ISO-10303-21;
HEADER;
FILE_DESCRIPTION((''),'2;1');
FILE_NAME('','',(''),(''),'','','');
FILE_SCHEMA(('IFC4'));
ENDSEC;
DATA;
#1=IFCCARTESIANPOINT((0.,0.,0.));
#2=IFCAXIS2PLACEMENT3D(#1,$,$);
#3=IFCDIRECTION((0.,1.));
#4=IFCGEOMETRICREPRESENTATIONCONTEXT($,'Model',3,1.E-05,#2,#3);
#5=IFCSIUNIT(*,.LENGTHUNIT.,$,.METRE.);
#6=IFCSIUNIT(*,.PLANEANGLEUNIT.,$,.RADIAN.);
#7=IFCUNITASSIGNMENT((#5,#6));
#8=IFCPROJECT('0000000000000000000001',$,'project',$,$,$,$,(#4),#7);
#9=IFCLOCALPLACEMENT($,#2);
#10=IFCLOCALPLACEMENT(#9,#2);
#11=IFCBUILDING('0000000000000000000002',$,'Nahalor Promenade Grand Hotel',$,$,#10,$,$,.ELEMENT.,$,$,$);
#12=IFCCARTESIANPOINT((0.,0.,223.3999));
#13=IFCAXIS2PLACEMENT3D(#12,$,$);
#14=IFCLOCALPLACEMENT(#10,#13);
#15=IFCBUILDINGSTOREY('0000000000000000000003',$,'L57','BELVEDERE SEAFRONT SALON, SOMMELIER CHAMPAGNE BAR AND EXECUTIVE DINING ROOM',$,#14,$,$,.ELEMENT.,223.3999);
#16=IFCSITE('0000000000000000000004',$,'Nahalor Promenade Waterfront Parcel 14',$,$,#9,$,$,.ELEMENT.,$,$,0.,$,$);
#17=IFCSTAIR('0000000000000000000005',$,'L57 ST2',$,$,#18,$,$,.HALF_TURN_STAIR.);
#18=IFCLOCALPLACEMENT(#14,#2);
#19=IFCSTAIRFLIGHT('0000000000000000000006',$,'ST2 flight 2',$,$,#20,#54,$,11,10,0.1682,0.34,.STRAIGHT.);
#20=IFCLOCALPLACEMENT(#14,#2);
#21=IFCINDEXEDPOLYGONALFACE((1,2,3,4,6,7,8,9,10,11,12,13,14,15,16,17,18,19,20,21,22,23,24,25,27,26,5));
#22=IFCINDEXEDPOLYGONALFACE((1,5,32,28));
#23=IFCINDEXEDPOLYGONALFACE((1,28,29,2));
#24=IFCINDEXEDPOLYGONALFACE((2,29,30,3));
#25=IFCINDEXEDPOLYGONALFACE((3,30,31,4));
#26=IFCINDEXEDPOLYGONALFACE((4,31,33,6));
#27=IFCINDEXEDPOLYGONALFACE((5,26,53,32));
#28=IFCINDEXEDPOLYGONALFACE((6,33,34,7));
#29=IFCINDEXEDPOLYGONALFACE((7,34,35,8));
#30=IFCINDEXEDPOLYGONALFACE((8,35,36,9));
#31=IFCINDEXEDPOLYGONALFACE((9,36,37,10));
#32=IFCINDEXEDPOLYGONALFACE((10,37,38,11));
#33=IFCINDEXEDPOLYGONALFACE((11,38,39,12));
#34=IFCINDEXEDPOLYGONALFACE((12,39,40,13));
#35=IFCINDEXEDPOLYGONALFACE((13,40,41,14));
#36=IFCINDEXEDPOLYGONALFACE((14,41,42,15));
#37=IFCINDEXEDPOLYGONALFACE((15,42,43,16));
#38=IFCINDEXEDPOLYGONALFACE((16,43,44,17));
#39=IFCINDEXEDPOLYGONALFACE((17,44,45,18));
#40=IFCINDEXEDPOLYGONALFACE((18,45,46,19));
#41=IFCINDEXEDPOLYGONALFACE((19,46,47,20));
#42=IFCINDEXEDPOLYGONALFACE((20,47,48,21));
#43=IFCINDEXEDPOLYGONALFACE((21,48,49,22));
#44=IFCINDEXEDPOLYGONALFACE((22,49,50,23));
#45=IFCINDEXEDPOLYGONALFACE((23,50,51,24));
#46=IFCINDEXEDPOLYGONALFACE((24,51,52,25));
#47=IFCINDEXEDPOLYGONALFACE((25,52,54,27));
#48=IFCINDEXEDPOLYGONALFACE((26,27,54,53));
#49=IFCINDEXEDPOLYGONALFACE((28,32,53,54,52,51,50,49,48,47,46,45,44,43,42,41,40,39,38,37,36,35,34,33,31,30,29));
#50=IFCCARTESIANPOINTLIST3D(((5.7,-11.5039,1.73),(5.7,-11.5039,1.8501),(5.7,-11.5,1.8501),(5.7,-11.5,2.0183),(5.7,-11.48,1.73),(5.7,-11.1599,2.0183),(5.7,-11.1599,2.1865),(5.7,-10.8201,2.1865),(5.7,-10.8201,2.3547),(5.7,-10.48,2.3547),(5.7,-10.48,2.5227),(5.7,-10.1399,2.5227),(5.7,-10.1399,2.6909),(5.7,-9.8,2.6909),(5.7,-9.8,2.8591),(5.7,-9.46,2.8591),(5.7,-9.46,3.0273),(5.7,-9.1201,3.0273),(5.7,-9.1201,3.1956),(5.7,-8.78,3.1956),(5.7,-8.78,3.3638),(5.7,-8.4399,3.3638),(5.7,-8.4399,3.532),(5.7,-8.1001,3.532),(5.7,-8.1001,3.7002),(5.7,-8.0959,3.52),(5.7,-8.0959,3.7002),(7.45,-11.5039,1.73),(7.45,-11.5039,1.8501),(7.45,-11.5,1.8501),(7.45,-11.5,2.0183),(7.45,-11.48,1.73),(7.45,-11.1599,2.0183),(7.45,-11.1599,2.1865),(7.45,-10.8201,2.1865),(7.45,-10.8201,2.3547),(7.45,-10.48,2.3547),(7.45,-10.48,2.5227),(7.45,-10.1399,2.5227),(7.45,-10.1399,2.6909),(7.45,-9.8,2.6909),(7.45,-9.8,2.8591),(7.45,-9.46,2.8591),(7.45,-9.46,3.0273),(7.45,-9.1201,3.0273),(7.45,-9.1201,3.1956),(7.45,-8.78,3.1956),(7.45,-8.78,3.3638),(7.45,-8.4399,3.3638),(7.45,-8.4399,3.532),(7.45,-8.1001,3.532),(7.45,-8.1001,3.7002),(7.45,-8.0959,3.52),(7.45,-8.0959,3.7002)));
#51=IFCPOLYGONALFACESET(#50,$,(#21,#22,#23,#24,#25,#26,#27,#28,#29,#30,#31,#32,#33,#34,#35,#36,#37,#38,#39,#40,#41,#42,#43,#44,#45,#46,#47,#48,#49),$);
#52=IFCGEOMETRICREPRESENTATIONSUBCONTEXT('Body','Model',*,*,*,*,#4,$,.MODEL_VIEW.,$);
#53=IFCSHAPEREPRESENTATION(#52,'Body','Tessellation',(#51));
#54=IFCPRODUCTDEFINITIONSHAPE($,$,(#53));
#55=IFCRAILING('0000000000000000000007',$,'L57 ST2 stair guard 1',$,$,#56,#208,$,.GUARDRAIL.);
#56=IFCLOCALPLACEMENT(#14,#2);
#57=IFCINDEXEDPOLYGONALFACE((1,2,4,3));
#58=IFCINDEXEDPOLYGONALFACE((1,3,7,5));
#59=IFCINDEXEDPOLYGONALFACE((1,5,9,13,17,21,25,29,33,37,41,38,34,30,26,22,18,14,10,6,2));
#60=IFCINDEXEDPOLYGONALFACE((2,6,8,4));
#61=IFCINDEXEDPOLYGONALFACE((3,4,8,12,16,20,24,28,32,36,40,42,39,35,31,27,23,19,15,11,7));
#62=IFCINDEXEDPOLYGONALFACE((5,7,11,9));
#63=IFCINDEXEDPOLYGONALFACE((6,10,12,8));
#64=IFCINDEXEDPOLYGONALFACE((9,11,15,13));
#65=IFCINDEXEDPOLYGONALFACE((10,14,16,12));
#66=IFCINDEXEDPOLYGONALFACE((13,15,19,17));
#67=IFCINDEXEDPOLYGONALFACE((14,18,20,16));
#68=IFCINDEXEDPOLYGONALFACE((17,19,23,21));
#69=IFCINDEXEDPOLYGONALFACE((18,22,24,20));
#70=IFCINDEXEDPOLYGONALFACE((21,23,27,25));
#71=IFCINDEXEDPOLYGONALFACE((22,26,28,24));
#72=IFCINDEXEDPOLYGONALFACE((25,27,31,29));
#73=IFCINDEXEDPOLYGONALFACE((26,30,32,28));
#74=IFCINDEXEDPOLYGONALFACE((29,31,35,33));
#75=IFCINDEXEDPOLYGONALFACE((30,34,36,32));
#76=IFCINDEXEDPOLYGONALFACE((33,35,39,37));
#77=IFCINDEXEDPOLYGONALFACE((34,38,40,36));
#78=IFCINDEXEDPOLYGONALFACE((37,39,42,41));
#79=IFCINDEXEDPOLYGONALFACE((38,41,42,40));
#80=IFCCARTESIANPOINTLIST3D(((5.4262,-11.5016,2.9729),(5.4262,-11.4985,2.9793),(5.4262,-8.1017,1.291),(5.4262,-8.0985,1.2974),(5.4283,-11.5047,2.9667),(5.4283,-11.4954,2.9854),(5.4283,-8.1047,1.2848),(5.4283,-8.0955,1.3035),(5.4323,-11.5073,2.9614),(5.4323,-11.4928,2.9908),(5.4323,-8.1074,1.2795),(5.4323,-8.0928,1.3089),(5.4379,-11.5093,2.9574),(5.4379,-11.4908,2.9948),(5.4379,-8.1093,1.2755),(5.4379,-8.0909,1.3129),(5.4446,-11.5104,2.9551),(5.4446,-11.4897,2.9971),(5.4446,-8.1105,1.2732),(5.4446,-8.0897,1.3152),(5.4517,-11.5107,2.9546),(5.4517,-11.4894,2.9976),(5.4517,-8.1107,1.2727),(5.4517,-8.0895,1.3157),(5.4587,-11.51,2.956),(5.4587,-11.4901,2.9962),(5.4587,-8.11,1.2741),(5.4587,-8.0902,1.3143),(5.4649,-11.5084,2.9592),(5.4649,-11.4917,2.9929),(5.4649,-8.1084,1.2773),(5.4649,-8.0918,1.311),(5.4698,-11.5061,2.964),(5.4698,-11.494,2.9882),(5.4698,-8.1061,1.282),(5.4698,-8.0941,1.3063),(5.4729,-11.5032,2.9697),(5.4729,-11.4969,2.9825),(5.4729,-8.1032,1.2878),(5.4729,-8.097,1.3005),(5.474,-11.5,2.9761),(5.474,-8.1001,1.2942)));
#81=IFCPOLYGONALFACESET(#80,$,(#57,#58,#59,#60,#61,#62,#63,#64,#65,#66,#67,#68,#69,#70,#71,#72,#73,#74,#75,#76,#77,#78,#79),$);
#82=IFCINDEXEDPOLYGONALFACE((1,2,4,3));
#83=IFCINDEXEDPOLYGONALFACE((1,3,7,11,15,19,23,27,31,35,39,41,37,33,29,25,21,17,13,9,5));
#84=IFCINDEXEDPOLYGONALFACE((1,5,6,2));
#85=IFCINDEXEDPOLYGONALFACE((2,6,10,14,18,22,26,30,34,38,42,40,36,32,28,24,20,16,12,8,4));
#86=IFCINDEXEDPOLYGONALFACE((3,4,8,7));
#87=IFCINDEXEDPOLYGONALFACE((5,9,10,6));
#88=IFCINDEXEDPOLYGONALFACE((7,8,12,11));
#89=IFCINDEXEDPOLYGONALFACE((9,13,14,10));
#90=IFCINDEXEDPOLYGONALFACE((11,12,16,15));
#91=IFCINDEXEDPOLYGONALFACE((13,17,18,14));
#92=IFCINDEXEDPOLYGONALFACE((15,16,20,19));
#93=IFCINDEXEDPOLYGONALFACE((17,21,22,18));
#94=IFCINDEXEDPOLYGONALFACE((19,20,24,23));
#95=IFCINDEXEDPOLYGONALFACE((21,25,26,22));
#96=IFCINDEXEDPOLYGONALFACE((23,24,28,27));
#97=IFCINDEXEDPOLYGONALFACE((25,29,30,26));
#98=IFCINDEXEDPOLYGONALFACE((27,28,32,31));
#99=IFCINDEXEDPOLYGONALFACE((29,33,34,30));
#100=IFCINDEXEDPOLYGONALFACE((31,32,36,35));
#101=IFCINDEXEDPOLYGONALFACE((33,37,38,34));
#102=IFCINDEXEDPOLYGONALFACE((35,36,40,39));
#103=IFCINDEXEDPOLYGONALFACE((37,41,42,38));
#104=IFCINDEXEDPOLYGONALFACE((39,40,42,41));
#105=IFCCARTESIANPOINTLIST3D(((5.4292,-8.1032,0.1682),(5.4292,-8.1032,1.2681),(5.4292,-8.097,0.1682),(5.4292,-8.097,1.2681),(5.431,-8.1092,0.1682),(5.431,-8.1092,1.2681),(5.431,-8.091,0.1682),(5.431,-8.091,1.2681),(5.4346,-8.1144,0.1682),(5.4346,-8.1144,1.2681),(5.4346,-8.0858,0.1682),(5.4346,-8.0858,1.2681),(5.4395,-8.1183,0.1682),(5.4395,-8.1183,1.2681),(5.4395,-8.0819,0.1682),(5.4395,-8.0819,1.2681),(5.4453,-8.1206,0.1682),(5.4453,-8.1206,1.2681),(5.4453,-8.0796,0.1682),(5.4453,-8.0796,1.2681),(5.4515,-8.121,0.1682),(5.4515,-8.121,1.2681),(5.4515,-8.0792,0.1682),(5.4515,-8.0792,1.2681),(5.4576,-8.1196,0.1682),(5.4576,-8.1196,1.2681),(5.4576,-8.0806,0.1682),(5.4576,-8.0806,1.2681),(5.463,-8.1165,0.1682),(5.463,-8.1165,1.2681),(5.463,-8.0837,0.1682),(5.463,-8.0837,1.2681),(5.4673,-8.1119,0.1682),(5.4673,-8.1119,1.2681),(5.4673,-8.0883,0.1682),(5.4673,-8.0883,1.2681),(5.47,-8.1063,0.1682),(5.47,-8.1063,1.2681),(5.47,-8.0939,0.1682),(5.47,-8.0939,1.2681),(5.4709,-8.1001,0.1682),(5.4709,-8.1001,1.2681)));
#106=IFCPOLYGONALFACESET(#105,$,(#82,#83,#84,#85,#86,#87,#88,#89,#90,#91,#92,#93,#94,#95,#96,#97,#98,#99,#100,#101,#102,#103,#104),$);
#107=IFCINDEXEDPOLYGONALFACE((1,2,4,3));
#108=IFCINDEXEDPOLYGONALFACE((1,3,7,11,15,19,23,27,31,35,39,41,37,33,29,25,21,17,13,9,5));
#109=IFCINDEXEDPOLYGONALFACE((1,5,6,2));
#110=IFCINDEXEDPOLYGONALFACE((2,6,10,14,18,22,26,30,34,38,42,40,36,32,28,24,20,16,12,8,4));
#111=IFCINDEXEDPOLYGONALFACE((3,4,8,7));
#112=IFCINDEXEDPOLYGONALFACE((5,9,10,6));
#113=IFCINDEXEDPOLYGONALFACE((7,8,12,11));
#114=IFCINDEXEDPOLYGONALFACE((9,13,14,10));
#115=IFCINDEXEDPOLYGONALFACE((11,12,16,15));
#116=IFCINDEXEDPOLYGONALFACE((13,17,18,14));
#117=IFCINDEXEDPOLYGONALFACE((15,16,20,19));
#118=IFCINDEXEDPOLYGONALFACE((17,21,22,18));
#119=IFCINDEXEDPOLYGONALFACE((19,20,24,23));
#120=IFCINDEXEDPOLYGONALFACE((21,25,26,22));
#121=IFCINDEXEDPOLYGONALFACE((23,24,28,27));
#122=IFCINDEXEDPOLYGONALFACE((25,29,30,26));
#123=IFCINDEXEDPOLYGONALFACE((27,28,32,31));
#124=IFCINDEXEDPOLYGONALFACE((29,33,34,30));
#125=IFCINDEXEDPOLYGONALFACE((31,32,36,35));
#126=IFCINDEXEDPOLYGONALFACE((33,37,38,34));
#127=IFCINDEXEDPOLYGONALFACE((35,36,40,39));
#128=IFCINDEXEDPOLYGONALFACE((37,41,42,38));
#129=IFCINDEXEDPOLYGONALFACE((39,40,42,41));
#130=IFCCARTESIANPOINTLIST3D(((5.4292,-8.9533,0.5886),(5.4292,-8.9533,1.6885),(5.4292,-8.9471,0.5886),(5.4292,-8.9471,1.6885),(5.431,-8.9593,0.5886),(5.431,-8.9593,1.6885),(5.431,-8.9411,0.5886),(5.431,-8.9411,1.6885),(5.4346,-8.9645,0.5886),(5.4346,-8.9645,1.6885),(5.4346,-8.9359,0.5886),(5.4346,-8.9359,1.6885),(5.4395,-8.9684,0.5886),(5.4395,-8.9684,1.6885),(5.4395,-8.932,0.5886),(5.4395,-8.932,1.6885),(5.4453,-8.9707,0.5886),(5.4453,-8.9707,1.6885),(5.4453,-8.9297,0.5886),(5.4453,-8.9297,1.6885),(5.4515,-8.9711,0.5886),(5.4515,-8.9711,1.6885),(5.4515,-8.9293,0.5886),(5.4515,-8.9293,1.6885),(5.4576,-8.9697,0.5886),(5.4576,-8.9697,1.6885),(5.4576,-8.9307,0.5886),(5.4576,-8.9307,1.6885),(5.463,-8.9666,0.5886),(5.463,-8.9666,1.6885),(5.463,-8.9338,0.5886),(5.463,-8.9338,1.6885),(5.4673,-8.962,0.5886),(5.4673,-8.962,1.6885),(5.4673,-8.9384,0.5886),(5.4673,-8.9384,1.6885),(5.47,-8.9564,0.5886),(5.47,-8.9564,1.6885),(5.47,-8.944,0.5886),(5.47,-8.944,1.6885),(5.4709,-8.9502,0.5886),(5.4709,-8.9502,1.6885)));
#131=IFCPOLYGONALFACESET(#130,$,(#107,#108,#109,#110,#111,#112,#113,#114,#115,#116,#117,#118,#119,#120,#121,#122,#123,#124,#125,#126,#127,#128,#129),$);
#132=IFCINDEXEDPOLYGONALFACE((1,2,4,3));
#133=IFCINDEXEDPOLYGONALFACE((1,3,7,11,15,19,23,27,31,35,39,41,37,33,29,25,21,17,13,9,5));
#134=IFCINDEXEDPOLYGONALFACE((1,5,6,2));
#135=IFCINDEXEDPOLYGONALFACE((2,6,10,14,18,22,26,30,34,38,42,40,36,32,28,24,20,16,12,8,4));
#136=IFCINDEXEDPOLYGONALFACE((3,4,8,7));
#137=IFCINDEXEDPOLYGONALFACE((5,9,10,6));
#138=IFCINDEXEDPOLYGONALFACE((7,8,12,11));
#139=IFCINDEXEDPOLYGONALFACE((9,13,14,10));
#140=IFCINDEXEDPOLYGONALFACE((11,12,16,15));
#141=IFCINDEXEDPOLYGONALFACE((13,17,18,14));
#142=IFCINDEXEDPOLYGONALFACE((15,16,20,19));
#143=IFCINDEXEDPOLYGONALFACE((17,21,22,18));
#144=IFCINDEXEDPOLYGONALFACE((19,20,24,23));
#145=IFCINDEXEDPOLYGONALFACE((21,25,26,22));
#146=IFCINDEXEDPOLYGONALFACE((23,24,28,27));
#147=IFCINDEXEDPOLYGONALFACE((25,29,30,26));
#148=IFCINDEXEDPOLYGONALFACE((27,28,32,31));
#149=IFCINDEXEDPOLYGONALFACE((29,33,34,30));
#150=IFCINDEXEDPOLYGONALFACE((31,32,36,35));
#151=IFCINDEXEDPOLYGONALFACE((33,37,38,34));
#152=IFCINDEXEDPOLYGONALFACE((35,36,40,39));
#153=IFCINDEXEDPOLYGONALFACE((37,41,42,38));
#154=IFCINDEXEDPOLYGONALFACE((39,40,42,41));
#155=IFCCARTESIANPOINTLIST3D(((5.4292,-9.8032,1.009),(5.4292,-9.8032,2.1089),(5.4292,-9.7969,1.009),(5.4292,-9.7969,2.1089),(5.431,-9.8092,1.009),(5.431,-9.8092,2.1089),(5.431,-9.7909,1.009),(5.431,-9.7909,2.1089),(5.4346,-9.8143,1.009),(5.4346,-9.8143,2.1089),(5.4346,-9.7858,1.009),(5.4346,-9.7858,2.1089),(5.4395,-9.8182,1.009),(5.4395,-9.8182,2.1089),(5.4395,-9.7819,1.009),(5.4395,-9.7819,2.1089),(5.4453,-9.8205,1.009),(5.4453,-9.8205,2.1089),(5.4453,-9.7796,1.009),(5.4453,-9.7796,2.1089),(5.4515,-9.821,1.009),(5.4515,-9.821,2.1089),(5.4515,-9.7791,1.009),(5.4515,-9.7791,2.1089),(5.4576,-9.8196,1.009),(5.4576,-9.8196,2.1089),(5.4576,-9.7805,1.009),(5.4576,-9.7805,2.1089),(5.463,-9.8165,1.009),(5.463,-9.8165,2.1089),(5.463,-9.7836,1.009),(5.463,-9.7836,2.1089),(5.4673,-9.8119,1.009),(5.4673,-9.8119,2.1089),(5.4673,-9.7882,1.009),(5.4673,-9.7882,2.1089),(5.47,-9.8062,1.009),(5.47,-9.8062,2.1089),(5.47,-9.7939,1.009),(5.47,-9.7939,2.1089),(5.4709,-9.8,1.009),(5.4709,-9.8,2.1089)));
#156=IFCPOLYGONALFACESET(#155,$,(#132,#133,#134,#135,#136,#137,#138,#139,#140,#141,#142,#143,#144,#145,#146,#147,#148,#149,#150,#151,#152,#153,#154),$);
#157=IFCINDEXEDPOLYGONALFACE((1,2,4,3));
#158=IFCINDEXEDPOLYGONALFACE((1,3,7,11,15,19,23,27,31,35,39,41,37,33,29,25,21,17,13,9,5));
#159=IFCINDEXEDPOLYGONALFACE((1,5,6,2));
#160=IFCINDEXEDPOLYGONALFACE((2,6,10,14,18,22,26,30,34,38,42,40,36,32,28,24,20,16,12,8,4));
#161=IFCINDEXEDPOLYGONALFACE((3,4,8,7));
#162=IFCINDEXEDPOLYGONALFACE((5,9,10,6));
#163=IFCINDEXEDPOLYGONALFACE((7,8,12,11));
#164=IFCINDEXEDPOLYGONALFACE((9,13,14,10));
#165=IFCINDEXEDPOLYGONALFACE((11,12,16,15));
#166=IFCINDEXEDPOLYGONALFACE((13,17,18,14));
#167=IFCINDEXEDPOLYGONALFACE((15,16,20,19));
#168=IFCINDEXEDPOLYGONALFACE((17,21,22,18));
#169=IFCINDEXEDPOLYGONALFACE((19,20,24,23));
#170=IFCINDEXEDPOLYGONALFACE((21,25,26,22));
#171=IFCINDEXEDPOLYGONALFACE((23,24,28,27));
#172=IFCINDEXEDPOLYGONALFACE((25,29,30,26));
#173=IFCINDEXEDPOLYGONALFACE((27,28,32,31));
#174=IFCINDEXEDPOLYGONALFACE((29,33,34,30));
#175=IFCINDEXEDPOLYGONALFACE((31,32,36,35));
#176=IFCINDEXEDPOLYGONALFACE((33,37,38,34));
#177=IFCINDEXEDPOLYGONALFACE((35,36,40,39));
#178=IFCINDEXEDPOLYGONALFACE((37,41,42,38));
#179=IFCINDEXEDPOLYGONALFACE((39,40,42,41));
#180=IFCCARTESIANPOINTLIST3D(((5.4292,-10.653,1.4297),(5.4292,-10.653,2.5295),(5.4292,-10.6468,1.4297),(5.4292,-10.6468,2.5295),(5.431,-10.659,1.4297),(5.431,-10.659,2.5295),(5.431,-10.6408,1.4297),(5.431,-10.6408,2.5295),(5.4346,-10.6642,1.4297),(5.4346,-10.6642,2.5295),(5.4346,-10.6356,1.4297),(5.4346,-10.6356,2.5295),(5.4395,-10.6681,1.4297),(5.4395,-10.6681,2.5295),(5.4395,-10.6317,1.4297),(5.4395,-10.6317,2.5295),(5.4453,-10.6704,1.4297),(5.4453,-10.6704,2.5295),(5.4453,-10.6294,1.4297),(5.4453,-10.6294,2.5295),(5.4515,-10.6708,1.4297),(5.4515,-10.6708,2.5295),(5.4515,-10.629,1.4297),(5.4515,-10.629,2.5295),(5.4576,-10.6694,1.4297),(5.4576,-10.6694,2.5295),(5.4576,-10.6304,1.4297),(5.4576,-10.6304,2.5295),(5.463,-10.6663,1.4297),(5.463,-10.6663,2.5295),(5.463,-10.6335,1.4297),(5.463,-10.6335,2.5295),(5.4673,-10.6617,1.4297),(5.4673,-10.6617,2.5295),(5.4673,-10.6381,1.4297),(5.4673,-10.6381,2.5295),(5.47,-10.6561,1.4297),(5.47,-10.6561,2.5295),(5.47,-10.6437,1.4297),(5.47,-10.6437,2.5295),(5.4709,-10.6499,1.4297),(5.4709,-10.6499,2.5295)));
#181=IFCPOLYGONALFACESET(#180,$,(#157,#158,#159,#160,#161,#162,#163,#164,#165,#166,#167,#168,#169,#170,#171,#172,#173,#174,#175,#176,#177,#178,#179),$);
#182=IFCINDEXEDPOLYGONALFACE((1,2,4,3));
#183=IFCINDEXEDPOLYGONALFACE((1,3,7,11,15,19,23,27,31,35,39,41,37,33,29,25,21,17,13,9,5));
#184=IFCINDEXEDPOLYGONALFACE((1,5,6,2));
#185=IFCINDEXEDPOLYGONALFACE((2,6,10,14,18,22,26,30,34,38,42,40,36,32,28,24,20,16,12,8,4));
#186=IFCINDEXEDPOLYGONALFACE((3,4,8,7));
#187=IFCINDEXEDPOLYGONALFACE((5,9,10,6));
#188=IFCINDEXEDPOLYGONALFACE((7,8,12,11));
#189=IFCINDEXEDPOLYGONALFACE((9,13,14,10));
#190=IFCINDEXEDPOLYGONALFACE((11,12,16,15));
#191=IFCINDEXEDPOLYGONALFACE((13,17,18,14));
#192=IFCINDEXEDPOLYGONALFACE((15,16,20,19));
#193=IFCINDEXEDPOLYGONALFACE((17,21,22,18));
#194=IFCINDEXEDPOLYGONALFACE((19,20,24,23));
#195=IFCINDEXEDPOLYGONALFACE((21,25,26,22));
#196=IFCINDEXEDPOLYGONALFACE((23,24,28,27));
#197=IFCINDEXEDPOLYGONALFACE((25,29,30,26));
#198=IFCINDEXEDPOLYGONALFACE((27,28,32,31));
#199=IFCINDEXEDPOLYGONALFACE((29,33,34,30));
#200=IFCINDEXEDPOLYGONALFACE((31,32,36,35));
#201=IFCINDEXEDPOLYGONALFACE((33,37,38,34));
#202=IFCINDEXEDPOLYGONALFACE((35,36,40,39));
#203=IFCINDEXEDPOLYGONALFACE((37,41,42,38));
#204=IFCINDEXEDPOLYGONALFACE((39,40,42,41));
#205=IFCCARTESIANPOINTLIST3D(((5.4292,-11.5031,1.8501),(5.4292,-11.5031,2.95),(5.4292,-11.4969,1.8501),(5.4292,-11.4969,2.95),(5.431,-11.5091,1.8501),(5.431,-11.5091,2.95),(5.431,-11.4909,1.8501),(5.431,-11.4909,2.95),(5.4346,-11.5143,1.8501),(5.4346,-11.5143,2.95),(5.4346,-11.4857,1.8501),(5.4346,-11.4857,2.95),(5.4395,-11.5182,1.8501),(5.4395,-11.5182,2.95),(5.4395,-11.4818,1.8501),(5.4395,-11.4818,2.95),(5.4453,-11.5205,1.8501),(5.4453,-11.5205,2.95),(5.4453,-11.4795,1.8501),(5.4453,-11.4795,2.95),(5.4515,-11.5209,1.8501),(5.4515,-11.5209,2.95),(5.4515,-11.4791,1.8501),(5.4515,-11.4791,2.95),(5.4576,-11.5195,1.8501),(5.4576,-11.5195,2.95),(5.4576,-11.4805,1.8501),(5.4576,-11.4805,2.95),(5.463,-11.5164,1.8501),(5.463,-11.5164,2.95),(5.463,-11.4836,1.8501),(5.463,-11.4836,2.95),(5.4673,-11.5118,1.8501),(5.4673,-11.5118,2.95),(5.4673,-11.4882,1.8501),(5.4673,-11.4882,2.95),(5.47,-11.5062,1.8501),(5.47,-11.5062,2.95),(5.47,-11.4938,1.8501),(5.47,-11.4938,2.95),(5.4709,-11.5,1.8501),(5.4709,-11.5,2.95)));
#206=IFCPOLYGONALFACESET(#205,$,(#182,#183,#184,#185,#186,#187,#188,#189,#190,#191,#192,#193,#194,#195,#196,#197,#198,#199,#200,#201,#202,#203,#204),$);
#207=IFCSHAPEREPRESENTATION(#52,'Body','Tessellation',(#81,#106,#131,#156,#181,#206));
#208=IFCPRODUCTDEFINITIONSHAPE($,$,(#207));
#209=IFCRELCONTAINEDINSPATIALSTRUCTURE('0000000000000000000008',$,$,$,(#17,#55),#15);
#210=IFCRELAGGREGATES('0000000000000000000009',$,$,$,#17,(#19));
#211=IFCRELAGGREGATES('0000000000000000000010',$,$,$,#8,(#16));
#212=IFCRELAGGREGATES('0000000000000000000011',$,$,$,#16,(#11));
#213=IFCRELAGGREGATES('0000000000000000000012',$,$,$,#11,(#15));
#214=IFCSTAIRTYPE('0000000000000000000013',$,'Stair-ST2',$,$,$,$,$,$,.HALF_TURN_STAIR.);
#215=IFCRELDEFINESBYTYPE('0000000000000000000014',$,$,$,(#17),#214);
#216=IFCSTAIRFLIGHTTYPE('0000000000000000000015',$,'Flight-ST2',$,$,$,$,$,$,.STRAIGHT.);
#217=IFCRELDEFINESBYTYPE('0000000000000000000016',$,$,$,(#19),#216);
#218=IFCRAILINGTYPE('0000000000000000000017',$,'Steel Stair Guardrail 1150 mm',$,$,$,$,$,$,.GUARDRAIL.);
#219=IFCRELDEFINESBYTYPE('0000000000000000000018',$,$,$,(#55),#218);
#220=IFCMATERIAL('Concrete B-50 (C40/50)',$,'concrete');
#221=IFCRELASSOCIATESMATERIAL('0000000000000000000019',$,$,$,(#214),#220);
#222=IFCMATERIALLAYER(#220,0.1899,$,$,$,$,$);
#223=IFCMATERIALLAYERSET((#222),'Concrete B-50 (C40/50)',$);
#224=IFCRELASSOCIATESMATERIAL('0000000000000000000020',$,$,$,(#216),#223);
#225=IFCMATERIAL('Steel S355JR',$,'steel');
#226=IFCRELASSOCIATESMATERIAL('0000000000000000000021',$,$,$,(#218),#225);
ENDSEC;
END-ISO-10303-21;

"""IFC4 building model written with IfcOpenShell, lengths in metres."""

from ifc_helpers import new_model, si_unit, direction, frame, origin, origin_2d, place, context, subcontext, project, spatial, polyline, circle, outline, extrude, source, transform, mapped, material, layer, layer_set, type_object, element, aggregate, save


model = new_model("IFC4")

# Units and contexts
model_context = context("Model", 3, precision=1e-05, world=origin(), true_north=direction((0.0, 1.0)))
body_context = subcontext(model_context, "Body", "Model", "MODEL_VIEW")
ifc_project = project(units=[si_unit("LENGTHUNIT", "METRE"), si_unit("PLANEANGLEUNIT", "RADIAN")], contexts=[model_context])

# Site, building, storey
site_placement = place(None, origin())
site = spatial("IfcSite", under=ifc_project, at=site_placement, Name="Nahalor Promenade Waterfront Parcel 14", CompositionType="ELEMENT", RefElevation=0.0)
building_placement = place(site_placement, origin())
building = spatial("IfcBuilding", under=site, at=building_placement, Name="Nahalor Promenade Grand Hotel", CompositionType="ELEMENT")
storey_placement = place(building_placement, frame((0.0, 0.0, 223.3999)))
storey = spatial("IfcBuildingStorey", under=building, at=storey_placement, Name="L57", Description="BELVEDERE SEAFRONT SALON, SOMMELIER CHAMPAGNE BAR AND EXECUTIVE DINING ROOM", CompositionType="ELEMENT", Elevation=223.3999)

# Shared definitions
ifc_material_1 = material(Name="Steel S355JR", Category="steel")

# Shared definitions
ifc_material_2 = material(Name="Concrete B-50 (C40/50)", Category="concrete")

# Stair, stair flight
stair_type = type_object("IfcStairType", Name="Stair-ST2", PredefinedType="HALF_TURN_STAIR", material=ifc_material_2)
stair_placement = place(storey_placement, origin())
stair = element("IfcStair", 1, at=stair_placement, inside=storey, type_object=stair_type, Name="L57 ST2", PredefinedType="HALF_TURN_STAIR")
ifc_layer_1 = layer(ifc_material_2, 0.1899)
ifc_layer_set_1 = layer_set([ifc_layer_1], Name="Concrete B-50 (C40/50)")
stair_flight_type = type_object("IfcStairFlightType", Name="Flight-ST2", PredefinedType="STRAIGHT", material=ifc_layer_set_1)
shared_shape_1 = source(origin(), body_context, "Body", "SweptSolid", [
    extrude(outline(polyline([(-0.0039, -0.1201), (-0.0039, 0.0), (0.0, 0.0), (0.0, 0.1682), (0.3401, 0.1682), (0.3401, 0.3364), (0.6799, 0.3364), (0.6799, 0.5046), (1.02, 0.5046), (1.02, 0.6726), (1.3601, 0.6726), (1.3601, 0.8408), (1.7, 0.8408), (1.7, 1.009), (2.04, 1.009), (2.04, 1.1772), (2.3799, 1.1772), (2.3799, 1.3455), (2.72, 1.3455), (2.72, 1.5137), (3.0601, 1.5137), (3.0601, 1.6819), (3.3999, 1.6819), (3.3999, 1.8501), (3.4041, 1.8501), (3.4041, 1.6699), (0.02, -0.1201), (-0.0039, -0.1201)])), frame((0.0, 0.875, 0.0), z_axis=(0.0, -1.0, 0.0), x_axis=(1.0, 0.0, 0.0)), (0.0, 0.0, 1.0), 1.75),
])
stair_flight_1_placement = place(storey_placement, frame((6.575, -11.5, 1.8501), z_axis=(0.0, 0.0, 1.0), x_axis=(0.0, 1.0, 0.0)))
stair_flight_1 = element("IfcStairFlight", 2, at=stair_flight_1_placement, type_object=stair_flight_type, Name="ST2 flight 2", NumberOfRisers=11, NumberOfTreads=10, PredefinedType="STRAIGHT", RiserHeight=0.1682, TreadLength=0.34, context=body_context, shape_type="MappedRepresentation", body=[
    mapped(shared_shape_1, transform((0.0, 0.0, 0.0), scale=1.0)),
])
aggregate(stair, [stair_flight_1])

# Railing
railing_type_1 = type_object("IfcRailingType", Name="Steel Stair Guardrail 1150 mm", PredefinedType="GUARDRAIL", material=ifc_material_1)
railing_1_placement = place(storey_placement, frame((5.45, -8.1001, 0.1682)))
element("IfcRailing", 3, at=railing_1_placement, inside=storey, type_object=railing_type_1, Name="L57 ST2 stair guard 1", PredefinedType="GUARDRAIL", context=body_context, shape_type="SweptSolid", body=[
    extrude(circle(Radius=0.024, at=origin_2d()), frame((0.0, 0.0, 1.126), z_axis=(0.0, -0.896324, 0.443399), x_axis=(1.0, 0.0, 0.0)), (0.0, 0.0, 1.0), 3.7932),
    extrude(circle(Radius=0.021, at=origin_2d()), origin(), (0.0, 0.0, 1.0), 1.0999),
    extrude(circle(Radius=0.021, at=origin_2d()), frame((0.0, -0.8501, 0.4204)), (0.0, 0.0, 1.0), 1.0999),
    extrude(circle(Radius=0.021, at=origin_2d()), frame((0.0, -1.7, 0.8408)), (0.0, 0.0, 1.0), 1.0999),
    extrude(circle(Radius=0.021, at=origin_2d()), frame((0.0, -2.5498, 1.2615)), (0.0, 0.0, 1.0), 1.0999),
    extrude(circle(Radius=0.021, at=origin_2d()), frame((0.0, -3.3999, 1.6819)), (0.0, 0.0, 1.0), 1.0999),
])

save(model, "model.ifc")
